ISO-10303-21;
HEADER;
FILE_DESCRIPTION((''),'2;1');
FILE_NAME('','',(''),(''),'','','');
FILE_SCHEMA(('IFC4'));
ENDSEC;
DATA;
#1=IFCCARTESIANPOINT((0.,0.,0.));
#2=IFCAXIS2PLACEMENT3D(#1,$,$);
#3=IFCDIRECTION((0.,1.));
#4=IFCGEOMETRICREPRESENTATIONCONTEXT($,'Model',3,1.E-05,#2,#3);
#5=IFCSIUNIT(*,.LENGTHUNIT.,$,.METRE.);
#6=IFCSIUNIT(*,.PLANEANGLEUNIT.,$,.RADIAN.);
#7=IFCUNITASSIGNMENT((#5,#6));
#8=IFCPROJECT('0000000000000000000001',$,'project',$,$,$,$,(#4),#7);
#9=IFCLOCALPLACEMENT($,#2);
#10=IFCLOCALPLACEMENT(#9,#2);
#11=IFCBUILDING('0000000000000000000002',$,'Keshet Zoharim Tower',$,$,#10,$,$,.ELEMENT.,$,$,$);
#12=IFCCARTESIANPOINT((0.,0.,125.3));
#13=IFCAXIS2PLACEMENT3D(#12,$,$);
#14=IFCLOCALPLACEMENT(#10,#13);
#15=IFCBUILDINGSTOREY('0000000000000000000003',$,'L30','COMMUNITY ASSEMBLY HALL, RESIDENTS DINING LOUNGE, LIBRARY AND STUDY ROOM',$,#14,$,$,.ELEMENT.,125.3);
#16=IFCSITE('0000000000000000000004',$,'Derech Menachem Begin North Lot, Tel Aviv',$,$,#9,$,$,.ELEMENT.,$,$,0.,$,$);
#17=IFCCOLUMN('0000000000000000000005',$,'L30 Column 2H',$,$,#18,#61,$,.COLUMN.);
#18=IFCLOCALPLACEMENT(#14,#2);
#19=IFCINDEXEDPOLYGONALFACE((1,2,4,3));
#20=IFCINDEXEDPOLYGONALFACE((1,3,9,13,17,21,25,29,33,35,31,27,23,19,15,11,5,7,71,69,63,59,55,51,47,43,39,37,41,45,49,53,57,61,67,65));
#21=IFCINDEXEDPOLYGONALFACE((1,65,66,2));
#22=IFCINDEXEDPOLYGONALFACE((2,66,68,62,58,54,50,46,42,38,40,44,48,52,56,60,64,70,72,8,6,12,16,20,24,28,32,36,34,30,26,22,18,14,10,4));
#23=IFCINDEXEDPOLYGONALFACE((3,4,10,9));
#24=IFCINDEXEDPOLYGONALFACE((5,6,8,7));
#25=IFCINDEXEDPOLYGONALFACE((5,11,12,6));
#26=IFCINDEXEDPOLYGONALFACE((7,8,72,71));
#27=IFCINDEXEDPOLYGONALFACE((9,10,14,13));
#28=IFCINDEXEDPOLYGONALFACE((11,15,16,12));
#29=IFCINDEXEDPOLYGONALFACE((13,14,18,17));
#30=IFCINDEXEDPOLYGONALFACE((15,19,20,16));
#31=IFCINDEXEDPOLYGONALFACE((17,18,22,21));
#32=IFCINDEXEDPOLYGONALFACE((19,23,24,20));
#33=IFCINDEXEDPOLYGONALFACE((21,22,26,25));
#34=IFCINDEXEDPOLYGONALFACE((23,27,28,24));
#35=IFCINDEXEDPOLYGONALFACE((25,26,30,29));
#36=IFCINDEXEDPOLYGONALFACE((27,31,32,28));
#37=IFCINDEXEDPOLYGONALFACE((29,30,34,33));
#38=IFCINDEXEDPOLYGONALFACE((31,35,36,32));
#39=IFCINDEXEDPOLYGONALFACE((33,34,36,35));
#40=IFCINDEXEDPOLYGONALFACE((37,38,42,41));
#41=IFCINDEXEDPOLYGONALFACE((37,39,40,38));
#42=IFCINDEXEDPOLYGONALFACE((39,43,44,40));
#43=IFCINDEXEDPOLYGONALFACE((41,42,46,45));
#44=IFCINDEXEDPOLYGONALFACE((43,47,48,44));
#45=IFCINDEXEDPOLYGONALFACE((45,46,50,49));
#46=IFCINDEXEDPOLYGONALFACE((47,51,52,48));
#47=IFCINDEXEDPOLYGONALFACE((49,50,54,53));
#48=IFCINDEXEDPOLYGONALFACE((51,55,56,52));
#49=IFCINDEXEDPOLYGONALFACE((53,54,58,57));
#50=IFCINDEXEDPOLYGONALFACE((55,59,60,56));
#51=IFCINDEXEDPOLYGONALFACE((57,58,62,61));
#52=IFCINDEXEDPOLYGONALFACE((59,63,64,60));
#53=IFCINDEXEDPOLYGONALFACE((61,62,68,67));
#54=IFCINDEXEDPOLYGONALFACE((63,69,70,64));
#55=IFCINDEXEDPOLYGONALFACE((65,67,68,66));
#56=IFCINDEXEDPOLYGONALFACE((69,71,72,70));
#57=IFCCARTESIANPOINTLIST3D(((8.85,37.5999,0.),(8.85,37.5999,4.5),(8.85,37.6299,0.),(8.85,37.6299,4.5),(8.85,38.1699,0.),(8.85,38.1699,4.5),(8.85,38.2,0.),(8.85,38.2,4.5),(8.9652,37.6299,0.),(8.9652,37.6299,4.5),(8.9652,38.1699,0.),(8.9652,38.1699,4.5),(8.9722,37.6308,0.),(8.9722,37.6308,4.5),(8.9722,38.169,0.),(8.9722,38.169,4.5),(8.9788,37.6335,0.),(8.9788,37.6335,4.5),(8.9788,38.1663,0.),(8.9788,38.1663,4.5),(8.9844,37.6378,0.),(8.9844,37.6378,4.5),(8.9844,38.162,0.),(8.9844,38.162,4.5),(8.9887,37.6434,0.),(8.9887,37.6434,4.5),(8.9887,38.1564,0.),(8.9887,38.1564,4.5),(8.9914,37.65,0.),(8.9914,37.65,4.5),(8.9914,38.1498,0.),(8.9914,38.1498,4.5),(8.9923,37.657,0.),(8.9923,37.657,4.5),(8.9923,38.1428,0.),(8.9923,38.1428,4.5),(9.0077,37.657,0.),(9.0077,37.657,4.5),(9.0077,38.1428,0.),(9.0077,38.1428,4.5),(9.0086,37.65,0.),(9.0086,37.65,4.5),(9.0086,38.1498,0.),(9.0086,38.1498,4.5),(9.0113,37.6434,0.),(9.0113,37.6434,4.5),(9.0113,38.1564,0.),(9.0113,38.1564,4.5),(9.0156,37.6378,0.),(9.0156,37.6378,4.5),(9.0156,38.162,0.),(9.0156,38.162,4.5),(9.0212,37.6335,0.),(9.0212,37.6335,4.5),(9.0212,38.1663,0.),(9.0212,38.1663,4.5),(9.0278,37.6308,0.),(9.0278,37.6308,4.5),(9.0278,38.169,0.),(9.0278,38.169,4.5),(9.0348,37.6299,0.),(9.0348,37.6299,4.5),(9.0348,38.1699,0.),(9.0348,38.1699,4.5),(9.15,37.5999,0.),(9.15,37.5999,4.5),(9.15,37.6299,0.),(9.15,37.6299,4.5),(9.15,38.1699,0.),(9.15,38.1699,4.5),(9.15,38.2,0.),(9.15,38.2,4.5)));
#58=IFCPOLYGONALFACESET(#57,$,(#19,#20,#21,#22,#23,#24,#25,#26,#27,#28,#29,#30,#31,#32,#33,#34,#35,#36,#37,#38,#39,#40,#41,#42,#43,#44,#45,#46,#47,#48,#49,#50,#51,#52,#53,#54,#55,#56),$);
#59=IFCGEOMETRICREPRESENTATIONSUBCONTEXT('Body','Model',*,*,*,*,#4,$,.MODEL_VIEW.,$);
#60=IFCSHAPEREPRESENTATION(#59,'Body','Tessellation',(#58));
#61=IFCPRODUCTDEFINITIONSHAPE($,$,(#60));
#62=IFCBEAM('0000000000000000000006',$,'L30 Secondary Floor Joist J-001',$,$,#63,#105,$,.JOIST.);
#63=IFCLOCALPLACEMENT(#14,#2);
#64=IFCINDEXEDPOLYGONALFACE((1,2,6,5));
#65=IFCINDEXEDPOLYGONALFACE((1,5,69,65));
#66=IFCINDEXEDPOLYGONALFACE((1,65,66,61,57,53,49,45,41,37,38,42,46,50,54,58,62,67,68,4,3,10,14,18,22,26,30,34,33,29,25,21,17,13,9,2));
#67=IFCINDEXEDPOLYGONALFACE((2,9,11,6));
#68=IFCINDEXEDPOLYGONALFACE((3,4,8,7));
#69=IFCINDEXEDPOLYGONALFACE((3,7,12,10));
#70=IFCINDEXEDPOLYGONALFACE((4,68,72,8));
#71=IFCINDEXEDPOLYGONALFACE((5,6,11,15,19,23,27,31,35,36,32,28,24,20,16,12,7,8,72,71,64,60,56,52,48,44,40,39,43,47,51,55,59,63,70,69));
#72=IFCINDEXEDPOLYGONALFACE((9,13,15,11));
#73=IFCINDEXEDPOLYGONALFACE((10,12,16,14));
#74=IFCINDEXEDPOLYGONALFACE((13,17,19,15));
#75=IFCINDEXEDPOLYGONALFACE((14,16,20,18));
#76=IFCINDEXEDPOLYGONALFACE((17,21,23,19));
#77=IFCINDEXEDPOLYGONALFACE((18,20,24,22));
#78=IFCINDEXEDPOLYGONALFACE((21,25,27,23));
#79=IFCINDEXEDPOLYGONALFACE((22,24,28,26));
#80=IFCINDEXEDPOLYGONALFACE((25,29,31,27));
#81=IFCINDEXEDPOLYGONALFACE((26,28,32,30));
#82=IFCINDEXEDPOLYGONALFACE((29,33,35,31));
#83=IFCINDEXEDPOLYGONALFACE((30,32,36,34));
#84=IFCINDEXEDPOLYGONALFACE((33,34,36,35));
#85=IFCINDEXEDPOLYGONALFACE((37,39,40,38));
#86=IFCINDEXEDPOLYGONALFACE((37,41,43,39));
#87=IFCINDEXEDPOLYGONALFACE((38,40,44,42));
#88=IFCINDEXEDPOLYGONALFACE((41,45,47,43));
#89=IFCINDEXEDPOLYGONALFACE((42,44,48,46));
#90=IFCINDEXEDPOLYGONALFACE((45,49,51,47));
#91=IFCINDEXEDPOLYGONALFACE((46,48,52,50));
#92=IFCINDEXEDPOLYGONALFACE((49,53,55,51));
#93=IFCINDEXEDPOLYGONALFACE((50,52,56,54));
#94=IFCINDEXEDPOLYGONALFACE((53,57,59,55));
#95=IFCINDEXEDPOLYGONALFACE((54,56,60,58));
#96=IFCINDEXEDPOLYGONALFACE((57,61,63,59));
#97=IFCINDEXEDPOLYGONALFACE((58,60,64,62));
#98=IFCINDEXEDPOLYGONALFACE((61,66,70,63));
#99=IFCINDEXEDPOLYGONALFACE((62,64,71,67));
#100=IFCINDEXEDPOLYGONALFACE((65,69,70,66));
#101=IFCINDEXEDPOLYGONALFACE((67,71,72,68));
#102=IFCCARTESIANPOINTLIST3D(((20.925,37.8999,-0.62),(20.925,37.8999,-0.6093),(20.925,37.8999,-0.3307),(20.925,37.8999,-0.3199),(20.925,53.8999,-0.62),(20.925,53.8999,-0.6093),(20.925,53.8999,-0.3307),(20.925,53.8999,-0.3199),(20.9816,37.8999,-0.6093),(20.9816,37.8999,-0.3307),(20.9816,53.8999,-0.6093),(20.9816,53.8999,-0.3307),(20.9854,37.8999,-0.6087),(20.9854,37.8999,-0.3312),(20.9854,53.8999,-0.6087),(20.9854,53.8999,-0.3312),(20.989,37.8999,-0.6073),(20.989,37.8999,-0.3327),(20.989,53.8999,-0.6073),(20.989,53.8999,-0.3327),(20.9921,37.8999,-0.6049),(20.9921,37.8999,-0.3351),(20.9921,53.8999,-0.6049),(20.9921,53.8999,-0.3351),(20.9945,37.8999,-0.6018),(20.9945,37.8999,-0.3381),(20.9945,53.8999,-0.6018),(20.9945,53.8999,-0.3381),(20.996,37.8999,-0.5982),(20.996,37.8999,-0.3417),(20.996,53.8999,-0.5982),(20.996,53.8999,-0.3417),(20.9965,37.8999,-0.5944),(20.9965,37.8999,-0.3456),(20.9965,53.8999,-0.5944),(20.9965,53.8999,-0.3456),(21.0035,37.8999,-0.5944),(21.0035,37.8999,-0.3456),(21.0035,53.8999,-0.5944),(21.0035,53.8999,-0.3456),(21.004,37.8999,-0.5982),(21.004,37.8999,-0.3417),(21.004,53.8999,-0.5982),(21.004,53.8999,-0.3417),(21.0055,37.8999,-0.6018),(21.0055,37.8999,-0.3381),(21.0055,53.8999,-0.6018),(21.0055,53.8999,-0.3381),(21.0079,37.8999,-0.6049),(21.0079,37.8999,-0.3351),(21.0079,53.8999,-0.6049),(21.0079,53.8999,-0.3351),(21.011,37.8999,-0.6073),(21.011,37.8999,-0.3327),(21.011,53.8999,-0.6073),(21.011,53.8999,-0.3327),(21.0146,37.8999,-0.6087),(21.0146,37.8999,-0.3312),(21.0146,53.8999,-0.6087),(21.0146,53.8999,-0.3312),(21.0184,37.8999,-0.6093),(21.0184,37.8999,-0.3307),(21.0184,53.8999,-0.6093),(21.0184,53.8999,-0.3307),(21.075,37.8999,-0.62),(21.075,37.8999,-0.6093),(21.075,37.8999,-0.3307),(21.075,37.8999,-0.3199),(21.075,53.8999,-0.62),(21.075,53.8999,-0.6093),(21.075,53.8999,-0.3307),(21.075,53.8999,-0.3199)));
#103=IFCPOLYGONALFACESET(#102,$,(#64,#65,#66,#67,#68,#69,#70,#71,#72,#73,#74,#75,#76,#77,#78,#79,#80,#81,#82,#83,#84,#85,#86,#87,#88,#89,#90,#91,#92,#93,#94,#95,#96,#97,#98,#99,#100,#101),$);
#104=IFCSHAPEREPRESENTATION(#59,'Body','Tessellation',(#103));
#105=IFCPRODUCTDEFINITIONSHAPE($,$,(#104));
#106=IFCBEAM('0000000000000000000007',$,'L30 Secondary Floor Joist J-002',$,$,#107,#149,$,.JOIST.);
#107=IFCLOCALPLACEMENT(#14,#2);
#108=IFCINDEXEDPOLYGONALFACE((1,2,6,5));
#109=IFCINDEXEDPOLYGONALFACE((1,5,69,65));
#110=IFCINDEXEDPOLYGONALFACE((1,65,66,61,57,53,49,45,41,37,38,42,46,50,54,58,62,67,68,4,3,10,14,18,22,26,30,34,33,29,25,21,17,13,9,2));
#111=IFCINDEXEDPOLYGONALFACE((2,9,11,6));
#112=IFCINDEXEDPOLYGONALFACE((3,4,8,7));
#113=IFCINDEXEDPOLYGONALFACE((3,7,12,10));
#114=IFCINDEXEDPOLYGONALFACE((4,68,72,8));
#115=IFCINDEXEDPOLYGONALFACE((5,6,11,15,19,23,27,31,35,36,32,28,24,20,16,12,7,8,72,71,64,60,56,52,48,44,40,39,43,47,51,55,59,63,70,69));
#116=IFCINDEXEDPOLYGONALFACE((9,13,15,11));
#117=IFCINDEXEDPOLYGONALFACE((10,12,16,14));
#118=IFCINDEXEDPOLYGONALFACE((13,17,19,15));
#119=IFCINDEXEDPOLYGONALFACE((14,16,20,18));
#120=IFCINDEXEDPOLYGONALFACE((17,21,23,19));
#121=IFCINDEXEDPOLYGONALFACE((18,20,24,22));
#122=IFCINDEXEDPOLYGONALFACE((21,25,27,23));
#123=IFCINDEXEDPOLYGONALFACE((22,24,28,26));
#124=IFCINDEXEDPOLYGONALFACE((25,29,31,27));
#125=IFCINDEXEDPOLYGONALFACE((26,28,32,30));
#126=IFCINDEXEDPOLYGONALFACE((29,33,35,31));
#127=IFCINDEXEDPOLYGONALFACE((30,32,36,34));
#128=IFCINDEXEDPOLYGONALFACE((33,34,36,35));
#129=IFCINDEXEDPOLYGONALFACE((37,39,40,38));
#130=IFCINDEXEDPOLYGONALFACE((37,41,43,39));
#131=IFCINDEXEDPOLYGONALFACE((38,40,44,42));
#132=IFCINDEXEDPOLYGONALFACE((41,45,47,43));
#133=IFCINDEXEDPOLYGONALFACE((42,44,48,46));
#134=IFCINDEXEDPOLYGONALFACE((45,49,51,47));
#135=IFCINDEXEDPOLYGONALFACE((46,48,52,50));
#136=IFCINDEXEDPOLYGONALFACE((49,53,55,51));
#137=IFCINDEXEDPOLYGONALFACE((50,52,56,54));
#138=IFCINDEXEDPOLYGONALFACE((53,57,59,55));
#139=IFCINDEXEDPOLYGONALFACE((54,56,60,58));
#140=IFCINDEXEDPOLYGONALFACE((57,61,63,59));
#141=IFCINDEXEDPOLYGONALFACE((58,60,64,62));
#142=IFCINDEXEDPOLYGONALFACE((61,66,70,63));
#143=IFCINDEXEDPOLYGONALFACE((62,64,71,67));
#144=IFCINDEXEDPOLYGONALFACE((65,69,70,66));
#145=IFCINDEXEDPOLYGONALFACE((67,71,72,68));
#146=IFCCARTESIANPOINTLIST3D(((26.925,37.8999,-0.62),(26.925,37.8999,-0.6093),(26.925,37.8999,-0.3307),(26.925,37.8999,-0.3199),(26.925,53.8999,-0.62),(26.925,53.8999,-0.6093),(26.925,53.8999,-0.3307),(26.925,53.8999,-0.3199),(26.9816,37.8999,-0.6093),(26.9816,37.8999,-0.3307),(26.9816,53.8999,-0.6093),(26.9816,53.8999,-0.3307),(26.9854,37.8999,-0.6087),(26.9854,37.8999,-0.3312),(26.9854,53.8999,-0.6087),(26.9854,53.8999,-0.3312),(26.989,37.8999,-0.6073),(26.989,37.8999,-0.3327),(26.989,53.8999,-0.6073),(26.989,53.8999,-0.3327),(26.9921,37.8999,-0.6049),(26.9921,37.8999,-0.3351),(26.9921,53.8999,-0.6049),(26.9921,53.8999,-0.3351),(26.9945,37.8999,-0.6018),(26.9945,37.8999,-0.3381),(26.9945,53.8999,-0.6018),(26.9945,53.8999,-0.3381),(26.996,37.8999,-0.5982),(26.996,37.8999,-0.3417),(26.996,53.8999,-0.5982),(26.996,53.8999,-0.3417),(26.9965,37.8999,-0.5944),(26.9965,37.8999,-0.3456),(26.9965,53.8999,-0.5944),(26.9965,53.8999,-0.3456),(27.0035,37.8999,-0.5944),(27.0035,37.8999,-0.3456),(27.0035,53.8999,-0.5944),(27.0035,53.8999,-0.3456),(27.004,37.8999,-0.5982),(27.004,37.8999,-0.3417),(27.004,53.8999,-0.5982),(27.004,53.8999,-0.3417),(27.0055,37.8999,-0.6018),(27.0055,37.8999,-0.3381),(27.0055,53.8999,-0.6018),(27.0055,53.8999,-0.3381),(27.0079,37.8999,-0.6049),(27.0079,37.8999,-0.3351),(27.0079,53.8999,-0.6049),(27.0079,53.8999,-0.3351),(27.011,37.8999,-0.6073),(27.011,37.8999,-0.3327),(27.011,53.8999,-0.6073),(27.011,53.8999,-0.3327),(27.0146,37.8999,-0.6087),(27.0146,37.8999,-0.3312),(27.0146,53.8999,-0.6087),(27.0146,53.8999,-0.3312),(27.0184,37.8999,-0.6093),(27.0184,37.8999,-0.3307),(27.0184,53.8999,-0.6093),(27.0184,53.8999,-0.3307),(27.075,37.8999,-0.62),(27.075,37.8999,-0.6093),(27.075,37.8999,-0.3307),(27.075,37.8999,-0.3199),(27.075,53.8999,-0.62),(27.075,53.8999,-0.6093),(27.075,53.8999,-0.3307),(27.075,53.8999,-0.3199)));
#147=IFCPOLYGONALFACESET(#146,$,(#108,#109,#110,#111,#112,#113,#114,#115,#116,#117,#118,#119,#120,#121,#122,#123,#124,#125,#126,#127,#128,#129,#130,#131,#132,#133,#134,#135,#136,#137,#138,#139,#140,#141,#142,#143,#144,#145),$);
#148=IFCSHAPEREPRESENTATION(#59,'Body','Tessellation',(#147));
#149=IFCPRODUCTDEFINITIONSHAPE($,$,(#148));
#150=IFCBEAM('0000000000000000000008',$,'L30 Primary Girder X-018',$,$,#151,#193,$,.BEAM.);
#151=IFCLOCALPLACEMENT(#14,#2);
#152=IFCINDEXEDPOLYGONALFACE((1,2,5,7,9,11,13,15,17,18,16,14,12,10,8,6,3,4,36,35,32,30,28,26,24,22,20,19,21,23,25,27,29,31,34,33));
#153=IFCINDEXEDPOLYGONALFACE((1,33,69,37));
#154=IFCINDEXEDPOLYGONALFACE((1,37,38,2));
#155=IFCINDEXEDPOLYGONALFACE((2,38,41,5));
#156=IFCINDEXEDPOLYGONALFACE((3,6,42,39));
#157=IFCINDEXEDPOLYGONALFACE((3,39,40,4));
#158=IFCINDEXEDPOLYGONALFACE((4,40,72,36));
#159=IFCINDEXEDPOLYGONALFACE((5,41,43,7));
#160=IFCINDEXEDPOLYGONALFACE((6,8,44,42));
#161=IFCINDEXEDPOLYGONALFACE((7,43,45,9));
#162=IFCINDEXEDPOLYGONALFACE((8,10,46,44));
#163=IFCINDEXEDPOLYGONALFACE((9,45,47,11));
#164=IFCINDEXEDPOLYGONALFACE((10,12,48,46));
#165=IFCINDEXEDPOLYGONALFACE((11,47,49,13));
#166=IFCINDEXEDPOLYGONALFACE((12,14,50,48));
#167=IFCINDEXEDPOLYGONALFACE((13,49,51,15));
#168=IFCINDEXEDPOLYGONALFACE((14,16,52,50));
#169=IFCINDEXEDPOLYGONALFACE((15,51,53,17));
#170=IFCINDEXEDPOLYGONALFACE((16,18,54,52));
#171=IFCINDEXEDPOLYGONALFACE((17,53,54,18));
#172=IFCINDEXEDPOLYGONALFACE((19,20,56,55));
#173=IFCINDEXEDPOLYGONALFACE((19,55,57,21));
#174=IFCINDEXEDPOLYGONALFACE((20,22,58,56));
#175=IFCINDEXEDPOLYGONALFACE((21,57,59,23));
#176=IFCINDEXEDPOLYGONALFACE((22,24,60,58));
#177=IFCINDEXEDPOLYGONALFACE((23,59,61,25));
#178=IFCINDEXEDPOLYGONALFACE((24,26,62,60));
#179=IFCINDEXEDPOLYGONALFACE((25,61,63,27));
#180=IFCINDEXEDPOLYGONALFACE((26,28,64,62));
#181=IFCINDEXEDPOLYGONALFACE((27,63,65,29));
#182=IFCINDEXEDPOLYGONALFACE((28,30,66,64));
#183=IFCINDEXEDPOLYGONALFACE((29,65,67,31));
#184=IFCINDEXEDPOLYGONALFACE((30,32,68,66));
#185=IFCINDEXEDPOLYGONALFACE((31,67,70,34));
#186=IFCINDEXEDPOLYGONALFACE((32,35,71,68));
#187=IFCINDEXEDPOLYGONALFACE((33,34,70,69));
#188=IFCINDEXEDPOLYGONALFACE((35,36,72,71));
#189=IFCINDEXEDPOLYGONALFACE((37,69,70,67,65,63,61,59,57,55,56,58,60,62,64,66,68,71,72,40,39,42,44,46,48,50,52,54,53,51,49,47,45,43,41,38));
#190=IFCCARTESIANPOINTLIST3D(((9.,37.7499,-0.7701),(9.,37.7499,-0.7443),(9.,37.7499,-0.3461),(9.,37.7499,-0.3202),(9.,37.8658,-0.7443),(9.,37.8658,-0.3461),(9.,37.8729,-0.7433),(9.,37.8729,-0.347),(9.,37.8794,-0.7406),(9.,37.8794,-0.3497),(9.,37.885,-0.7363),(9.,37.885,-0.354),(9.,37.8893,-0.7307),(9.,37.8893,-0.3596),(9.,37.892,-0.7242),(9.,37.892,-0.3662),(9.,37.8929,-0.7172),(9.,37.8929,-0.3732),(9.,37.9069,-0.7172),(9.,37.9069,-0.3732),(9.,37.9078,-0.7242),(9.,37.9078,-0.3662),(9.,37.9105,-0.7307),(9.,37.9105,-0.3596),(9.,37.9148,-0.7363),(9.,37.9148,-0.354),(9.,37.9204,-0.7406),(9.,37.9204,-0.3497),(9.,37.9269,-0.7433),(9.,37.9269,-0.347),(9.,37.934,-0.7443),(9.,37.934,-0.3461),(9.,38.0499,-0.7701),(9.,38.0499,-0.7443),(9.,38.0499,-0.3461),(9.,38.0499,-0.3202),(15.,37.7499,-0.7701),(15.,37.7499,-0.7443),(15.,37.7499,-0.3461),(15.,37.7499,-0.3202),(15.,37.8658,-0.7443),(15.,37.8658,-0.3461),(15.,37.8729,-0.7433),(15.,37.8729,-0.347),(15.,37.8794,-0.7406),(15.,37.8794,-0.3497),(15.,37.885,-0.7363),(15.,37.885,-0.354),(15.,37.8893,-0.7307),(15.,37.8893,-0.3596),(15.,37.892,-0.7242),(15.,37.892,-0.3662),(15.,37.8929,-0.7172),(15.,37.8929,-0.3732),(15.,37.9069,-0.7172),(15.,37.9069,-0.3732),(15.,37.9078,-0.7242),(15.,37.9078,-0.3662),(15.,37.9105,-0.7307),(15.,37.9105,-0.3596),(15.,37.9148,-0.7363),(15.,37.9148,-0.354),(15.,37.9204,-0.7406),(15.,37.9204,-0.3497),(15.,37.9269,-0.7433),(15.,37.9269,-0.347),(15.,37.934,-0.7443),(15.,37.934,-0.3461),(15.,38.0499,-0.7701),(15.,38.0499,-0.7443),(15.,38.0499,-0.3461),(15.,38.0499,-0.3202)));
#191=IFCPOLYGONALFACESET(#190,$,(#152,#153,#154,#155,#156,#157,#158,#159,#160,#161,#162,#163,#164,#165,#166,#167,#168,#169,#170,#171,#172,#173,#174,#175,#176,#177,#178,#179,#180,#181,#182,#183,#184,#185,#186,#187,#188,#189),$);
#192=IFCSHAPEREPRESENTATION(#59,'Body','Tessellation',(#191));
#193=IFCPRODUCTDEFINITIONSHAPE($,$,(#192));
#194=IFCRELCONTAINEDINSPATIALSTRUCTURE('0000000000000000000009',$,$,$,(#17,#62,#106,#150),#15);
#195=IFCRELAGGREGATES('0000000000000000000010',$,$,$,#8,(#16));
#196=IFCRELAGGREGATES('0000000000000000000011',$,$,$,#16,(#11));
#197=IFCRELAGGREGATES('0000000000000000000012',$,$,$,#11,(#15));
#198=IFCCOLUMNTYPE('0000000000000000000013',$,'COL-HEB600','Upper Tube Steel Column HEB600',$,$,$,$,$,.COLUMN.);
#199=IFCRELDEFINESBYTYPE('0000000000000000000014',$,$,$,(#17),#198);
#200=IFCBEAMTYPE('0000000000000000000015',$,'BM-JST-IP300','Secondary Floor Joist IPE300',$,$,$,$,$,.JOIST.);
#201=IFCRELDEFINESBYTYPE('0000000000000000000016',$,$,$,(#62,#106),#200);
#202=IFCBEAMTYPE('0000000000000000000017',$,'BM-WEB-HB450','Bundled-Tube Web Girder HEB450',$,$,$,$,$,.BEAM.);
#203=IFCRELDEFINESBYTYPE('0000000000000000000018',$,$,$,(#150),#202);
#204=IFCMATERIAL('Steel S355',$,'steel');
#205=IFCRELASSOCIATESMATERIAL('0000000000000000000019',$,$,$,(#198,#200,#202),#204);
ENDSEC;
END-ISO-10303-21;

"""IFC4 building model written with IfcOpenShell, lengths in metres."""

from ifc_helpers import new_model, si_unit, direction, frame, origin, origin_2d, place, context, subcontext, project, spatial, i_section, extrude, material, material_profile, profile_set, type_object, element, save


model = new_model("IFC4")

# Units and contexts
model_context = context("Model", 3, precision=1e-05, world=origin(), true_north=direction((0.0, 1.0)))
body_context = subcontext(model_context, "Body", "Model", "MODEL_VIEW")
ifc_project = project(units=[si_unit("LENGTHUNIT", "METRE"), si_unit("PLANEANGLEUNIT", "RADIAN")], contexts=[model_context])

# Site, building, storey
site_placement = place(None, origin())
site = spatial("IfcSite", under=ifc_project, at=site_placement, Name="Derech Menachem Begin North Lot, Tel Aviv", CompositionType="ELEMENT", RefElevation=0.0)
building_placement = place(site_placement, origin())
building = spatial("IfcBuilding", under=site, at=building_placement, Name="Keshet Zoharim Tower", CompositionType="ELEMENT")
storey_placement = place(building_placement, frame((0.0, 0.0, 125.3)))
storey = spatial("IfcBuildingStorey", under=building, at=storey_placement, Name="L30", Description="COMMUNITY ASSEMBLY HALL, RESIDENTS DINING LOUNGE, LIBRARY AND STUDY ROOM", CompositionType="ELEMENT", Elevation=125.3)

# Column
ifc_material_1 = material(Name="Steel S355", Category="steel")
ifc_material_profile_1 = material_profile(ifc_material_1, i_section(OverallWidth=0.3, OverallDepth=0.6001, WebThickness=0.0154, FlangeThickness=0.03, FilletRadius=0.0271, at=origin_2d()), Name="HEB600")
ifc_profile_set_1 = profile_set([ifc_material_profile_1], Name="Steel S355")
column_type = type_object("IfcColumnType", Name="COL-HEB600", Description="Upper Tube Steel Column HEB600", PredefinedType="COLUMN", material=ifc_profile_set_1)
column_placement = place(storey_placement, frame((9.0, 37.8999, 0.0), z_axis=(0.0, 0.0, 1.0), x_axis=(1.0, 0.0, 0.0)))
element("IfcColumn", 1, at=column_placement, inside=storey, type_object=column_type, Name="L30 Column 2H", PredefinedType="COLUMN", context=body_context, shape_type="SweptSolid", body=[
    extrude(i_section(OverallWidth=0.3, OverallDepth=0.6001, WebThickness=0.0154, FlangeThickness=0.03, FilletRadius=0.0271, at=origin_2d()), origin(), (0.0, 0.0, 1.0), 4.5),
])

# Beams
ifc_material_profile_2 = material_profile(ifc_material_1, i_section(OverallWidth=0.1499, OverallDepth=0.3, WebThickness=0.0071, FlangeThickness=0.0107, FilletRadius=0.0149, at=origin_2d()), Name="IPE300")
ifc_profile_set_2 = profile_set([ifc_material_profile_2], Name="Steel S355")
beam_type_1 = type_object("IfcBeamType", Name="BM-JST-IP300", Description="Secondary Floor Joist IPE300", PredefinedType="JOIST", material=ifc_profile_set_2)
for number, where, z_axis, x_axis, name in (
    (2, (21.0, 37.8999, -0.47), (0.0, 1.0, 0.0), (-1.0, 0.0, 0.0), "L30 Secondary Floor Joist J-001"),
    (3, (27.0, 37.8999, -0.47), (0.0, 1.0, 0.0), (-1.0, 0.0, 0.0), "L30 Secondary Floor Joist J-002"),
):
    element("IfcBeam", number, at=place(storey_placement, frame(where, z_axis=z_axis, x_axis=x_axis)), inside=storey, type_object=beam_type_1, Name=name, PredefinedType="JOIST", context=body_context, shape_type="SweptSolid", body=[
        extrude(i_section(OverallWidth=0.1499, OverallDepth=0.3, WebThickness=0.0071, FlangeThickness=0.0107, FilletRadius=0.0149, at=origin_2d()), origin(), (0.0, 0.0, 1.0), 16.0),
    ])
ifc_material_profile_3 = material_profile(ifc_material_1, i_section(OverallWidth=0.3, OverallDepth=0.45, WebThickness=0.0139, FlangeThickness=0.0259, FilletRadius=0.0271, at=origin_2d()), Name="HEB450")
ifc_profile_set_3 = profile_set([ifc_material_profile_3], Name="Steel S355")
beam_type_2 = type_object("IfcBeamType", Name="BM-WEB-HB450", Description="Bundled-Tube Web Girder HEB450", PredefinedType="BEAM", material=ifc_profile_set_3)
beam_placement = place(storey_placement, frame((9.0, 37.8999, -0.5452), z_axis=(1.0, 0.0, 0.0), x_axis=(0.0, 1.0, 0.0)))
element("IfcBeam", 4, at=beam_placement, inside=storey, type_object=beam_type_2, Name="L30 Primary Girder X-018", PredefinedType="BEAM", context=body_context, shape_type="SweptSolid", body=[
    extrude(i_section(OverallWidth=0.3, OverallDepth=0.45, WebThickness=0.0139, FlangeThickness=0.0259, FilletRadius=0.0271, at=origin_2d()), origin(), (0.0, 0.0, 1.0), 6.0),
])

save(model, "model.ifc")
